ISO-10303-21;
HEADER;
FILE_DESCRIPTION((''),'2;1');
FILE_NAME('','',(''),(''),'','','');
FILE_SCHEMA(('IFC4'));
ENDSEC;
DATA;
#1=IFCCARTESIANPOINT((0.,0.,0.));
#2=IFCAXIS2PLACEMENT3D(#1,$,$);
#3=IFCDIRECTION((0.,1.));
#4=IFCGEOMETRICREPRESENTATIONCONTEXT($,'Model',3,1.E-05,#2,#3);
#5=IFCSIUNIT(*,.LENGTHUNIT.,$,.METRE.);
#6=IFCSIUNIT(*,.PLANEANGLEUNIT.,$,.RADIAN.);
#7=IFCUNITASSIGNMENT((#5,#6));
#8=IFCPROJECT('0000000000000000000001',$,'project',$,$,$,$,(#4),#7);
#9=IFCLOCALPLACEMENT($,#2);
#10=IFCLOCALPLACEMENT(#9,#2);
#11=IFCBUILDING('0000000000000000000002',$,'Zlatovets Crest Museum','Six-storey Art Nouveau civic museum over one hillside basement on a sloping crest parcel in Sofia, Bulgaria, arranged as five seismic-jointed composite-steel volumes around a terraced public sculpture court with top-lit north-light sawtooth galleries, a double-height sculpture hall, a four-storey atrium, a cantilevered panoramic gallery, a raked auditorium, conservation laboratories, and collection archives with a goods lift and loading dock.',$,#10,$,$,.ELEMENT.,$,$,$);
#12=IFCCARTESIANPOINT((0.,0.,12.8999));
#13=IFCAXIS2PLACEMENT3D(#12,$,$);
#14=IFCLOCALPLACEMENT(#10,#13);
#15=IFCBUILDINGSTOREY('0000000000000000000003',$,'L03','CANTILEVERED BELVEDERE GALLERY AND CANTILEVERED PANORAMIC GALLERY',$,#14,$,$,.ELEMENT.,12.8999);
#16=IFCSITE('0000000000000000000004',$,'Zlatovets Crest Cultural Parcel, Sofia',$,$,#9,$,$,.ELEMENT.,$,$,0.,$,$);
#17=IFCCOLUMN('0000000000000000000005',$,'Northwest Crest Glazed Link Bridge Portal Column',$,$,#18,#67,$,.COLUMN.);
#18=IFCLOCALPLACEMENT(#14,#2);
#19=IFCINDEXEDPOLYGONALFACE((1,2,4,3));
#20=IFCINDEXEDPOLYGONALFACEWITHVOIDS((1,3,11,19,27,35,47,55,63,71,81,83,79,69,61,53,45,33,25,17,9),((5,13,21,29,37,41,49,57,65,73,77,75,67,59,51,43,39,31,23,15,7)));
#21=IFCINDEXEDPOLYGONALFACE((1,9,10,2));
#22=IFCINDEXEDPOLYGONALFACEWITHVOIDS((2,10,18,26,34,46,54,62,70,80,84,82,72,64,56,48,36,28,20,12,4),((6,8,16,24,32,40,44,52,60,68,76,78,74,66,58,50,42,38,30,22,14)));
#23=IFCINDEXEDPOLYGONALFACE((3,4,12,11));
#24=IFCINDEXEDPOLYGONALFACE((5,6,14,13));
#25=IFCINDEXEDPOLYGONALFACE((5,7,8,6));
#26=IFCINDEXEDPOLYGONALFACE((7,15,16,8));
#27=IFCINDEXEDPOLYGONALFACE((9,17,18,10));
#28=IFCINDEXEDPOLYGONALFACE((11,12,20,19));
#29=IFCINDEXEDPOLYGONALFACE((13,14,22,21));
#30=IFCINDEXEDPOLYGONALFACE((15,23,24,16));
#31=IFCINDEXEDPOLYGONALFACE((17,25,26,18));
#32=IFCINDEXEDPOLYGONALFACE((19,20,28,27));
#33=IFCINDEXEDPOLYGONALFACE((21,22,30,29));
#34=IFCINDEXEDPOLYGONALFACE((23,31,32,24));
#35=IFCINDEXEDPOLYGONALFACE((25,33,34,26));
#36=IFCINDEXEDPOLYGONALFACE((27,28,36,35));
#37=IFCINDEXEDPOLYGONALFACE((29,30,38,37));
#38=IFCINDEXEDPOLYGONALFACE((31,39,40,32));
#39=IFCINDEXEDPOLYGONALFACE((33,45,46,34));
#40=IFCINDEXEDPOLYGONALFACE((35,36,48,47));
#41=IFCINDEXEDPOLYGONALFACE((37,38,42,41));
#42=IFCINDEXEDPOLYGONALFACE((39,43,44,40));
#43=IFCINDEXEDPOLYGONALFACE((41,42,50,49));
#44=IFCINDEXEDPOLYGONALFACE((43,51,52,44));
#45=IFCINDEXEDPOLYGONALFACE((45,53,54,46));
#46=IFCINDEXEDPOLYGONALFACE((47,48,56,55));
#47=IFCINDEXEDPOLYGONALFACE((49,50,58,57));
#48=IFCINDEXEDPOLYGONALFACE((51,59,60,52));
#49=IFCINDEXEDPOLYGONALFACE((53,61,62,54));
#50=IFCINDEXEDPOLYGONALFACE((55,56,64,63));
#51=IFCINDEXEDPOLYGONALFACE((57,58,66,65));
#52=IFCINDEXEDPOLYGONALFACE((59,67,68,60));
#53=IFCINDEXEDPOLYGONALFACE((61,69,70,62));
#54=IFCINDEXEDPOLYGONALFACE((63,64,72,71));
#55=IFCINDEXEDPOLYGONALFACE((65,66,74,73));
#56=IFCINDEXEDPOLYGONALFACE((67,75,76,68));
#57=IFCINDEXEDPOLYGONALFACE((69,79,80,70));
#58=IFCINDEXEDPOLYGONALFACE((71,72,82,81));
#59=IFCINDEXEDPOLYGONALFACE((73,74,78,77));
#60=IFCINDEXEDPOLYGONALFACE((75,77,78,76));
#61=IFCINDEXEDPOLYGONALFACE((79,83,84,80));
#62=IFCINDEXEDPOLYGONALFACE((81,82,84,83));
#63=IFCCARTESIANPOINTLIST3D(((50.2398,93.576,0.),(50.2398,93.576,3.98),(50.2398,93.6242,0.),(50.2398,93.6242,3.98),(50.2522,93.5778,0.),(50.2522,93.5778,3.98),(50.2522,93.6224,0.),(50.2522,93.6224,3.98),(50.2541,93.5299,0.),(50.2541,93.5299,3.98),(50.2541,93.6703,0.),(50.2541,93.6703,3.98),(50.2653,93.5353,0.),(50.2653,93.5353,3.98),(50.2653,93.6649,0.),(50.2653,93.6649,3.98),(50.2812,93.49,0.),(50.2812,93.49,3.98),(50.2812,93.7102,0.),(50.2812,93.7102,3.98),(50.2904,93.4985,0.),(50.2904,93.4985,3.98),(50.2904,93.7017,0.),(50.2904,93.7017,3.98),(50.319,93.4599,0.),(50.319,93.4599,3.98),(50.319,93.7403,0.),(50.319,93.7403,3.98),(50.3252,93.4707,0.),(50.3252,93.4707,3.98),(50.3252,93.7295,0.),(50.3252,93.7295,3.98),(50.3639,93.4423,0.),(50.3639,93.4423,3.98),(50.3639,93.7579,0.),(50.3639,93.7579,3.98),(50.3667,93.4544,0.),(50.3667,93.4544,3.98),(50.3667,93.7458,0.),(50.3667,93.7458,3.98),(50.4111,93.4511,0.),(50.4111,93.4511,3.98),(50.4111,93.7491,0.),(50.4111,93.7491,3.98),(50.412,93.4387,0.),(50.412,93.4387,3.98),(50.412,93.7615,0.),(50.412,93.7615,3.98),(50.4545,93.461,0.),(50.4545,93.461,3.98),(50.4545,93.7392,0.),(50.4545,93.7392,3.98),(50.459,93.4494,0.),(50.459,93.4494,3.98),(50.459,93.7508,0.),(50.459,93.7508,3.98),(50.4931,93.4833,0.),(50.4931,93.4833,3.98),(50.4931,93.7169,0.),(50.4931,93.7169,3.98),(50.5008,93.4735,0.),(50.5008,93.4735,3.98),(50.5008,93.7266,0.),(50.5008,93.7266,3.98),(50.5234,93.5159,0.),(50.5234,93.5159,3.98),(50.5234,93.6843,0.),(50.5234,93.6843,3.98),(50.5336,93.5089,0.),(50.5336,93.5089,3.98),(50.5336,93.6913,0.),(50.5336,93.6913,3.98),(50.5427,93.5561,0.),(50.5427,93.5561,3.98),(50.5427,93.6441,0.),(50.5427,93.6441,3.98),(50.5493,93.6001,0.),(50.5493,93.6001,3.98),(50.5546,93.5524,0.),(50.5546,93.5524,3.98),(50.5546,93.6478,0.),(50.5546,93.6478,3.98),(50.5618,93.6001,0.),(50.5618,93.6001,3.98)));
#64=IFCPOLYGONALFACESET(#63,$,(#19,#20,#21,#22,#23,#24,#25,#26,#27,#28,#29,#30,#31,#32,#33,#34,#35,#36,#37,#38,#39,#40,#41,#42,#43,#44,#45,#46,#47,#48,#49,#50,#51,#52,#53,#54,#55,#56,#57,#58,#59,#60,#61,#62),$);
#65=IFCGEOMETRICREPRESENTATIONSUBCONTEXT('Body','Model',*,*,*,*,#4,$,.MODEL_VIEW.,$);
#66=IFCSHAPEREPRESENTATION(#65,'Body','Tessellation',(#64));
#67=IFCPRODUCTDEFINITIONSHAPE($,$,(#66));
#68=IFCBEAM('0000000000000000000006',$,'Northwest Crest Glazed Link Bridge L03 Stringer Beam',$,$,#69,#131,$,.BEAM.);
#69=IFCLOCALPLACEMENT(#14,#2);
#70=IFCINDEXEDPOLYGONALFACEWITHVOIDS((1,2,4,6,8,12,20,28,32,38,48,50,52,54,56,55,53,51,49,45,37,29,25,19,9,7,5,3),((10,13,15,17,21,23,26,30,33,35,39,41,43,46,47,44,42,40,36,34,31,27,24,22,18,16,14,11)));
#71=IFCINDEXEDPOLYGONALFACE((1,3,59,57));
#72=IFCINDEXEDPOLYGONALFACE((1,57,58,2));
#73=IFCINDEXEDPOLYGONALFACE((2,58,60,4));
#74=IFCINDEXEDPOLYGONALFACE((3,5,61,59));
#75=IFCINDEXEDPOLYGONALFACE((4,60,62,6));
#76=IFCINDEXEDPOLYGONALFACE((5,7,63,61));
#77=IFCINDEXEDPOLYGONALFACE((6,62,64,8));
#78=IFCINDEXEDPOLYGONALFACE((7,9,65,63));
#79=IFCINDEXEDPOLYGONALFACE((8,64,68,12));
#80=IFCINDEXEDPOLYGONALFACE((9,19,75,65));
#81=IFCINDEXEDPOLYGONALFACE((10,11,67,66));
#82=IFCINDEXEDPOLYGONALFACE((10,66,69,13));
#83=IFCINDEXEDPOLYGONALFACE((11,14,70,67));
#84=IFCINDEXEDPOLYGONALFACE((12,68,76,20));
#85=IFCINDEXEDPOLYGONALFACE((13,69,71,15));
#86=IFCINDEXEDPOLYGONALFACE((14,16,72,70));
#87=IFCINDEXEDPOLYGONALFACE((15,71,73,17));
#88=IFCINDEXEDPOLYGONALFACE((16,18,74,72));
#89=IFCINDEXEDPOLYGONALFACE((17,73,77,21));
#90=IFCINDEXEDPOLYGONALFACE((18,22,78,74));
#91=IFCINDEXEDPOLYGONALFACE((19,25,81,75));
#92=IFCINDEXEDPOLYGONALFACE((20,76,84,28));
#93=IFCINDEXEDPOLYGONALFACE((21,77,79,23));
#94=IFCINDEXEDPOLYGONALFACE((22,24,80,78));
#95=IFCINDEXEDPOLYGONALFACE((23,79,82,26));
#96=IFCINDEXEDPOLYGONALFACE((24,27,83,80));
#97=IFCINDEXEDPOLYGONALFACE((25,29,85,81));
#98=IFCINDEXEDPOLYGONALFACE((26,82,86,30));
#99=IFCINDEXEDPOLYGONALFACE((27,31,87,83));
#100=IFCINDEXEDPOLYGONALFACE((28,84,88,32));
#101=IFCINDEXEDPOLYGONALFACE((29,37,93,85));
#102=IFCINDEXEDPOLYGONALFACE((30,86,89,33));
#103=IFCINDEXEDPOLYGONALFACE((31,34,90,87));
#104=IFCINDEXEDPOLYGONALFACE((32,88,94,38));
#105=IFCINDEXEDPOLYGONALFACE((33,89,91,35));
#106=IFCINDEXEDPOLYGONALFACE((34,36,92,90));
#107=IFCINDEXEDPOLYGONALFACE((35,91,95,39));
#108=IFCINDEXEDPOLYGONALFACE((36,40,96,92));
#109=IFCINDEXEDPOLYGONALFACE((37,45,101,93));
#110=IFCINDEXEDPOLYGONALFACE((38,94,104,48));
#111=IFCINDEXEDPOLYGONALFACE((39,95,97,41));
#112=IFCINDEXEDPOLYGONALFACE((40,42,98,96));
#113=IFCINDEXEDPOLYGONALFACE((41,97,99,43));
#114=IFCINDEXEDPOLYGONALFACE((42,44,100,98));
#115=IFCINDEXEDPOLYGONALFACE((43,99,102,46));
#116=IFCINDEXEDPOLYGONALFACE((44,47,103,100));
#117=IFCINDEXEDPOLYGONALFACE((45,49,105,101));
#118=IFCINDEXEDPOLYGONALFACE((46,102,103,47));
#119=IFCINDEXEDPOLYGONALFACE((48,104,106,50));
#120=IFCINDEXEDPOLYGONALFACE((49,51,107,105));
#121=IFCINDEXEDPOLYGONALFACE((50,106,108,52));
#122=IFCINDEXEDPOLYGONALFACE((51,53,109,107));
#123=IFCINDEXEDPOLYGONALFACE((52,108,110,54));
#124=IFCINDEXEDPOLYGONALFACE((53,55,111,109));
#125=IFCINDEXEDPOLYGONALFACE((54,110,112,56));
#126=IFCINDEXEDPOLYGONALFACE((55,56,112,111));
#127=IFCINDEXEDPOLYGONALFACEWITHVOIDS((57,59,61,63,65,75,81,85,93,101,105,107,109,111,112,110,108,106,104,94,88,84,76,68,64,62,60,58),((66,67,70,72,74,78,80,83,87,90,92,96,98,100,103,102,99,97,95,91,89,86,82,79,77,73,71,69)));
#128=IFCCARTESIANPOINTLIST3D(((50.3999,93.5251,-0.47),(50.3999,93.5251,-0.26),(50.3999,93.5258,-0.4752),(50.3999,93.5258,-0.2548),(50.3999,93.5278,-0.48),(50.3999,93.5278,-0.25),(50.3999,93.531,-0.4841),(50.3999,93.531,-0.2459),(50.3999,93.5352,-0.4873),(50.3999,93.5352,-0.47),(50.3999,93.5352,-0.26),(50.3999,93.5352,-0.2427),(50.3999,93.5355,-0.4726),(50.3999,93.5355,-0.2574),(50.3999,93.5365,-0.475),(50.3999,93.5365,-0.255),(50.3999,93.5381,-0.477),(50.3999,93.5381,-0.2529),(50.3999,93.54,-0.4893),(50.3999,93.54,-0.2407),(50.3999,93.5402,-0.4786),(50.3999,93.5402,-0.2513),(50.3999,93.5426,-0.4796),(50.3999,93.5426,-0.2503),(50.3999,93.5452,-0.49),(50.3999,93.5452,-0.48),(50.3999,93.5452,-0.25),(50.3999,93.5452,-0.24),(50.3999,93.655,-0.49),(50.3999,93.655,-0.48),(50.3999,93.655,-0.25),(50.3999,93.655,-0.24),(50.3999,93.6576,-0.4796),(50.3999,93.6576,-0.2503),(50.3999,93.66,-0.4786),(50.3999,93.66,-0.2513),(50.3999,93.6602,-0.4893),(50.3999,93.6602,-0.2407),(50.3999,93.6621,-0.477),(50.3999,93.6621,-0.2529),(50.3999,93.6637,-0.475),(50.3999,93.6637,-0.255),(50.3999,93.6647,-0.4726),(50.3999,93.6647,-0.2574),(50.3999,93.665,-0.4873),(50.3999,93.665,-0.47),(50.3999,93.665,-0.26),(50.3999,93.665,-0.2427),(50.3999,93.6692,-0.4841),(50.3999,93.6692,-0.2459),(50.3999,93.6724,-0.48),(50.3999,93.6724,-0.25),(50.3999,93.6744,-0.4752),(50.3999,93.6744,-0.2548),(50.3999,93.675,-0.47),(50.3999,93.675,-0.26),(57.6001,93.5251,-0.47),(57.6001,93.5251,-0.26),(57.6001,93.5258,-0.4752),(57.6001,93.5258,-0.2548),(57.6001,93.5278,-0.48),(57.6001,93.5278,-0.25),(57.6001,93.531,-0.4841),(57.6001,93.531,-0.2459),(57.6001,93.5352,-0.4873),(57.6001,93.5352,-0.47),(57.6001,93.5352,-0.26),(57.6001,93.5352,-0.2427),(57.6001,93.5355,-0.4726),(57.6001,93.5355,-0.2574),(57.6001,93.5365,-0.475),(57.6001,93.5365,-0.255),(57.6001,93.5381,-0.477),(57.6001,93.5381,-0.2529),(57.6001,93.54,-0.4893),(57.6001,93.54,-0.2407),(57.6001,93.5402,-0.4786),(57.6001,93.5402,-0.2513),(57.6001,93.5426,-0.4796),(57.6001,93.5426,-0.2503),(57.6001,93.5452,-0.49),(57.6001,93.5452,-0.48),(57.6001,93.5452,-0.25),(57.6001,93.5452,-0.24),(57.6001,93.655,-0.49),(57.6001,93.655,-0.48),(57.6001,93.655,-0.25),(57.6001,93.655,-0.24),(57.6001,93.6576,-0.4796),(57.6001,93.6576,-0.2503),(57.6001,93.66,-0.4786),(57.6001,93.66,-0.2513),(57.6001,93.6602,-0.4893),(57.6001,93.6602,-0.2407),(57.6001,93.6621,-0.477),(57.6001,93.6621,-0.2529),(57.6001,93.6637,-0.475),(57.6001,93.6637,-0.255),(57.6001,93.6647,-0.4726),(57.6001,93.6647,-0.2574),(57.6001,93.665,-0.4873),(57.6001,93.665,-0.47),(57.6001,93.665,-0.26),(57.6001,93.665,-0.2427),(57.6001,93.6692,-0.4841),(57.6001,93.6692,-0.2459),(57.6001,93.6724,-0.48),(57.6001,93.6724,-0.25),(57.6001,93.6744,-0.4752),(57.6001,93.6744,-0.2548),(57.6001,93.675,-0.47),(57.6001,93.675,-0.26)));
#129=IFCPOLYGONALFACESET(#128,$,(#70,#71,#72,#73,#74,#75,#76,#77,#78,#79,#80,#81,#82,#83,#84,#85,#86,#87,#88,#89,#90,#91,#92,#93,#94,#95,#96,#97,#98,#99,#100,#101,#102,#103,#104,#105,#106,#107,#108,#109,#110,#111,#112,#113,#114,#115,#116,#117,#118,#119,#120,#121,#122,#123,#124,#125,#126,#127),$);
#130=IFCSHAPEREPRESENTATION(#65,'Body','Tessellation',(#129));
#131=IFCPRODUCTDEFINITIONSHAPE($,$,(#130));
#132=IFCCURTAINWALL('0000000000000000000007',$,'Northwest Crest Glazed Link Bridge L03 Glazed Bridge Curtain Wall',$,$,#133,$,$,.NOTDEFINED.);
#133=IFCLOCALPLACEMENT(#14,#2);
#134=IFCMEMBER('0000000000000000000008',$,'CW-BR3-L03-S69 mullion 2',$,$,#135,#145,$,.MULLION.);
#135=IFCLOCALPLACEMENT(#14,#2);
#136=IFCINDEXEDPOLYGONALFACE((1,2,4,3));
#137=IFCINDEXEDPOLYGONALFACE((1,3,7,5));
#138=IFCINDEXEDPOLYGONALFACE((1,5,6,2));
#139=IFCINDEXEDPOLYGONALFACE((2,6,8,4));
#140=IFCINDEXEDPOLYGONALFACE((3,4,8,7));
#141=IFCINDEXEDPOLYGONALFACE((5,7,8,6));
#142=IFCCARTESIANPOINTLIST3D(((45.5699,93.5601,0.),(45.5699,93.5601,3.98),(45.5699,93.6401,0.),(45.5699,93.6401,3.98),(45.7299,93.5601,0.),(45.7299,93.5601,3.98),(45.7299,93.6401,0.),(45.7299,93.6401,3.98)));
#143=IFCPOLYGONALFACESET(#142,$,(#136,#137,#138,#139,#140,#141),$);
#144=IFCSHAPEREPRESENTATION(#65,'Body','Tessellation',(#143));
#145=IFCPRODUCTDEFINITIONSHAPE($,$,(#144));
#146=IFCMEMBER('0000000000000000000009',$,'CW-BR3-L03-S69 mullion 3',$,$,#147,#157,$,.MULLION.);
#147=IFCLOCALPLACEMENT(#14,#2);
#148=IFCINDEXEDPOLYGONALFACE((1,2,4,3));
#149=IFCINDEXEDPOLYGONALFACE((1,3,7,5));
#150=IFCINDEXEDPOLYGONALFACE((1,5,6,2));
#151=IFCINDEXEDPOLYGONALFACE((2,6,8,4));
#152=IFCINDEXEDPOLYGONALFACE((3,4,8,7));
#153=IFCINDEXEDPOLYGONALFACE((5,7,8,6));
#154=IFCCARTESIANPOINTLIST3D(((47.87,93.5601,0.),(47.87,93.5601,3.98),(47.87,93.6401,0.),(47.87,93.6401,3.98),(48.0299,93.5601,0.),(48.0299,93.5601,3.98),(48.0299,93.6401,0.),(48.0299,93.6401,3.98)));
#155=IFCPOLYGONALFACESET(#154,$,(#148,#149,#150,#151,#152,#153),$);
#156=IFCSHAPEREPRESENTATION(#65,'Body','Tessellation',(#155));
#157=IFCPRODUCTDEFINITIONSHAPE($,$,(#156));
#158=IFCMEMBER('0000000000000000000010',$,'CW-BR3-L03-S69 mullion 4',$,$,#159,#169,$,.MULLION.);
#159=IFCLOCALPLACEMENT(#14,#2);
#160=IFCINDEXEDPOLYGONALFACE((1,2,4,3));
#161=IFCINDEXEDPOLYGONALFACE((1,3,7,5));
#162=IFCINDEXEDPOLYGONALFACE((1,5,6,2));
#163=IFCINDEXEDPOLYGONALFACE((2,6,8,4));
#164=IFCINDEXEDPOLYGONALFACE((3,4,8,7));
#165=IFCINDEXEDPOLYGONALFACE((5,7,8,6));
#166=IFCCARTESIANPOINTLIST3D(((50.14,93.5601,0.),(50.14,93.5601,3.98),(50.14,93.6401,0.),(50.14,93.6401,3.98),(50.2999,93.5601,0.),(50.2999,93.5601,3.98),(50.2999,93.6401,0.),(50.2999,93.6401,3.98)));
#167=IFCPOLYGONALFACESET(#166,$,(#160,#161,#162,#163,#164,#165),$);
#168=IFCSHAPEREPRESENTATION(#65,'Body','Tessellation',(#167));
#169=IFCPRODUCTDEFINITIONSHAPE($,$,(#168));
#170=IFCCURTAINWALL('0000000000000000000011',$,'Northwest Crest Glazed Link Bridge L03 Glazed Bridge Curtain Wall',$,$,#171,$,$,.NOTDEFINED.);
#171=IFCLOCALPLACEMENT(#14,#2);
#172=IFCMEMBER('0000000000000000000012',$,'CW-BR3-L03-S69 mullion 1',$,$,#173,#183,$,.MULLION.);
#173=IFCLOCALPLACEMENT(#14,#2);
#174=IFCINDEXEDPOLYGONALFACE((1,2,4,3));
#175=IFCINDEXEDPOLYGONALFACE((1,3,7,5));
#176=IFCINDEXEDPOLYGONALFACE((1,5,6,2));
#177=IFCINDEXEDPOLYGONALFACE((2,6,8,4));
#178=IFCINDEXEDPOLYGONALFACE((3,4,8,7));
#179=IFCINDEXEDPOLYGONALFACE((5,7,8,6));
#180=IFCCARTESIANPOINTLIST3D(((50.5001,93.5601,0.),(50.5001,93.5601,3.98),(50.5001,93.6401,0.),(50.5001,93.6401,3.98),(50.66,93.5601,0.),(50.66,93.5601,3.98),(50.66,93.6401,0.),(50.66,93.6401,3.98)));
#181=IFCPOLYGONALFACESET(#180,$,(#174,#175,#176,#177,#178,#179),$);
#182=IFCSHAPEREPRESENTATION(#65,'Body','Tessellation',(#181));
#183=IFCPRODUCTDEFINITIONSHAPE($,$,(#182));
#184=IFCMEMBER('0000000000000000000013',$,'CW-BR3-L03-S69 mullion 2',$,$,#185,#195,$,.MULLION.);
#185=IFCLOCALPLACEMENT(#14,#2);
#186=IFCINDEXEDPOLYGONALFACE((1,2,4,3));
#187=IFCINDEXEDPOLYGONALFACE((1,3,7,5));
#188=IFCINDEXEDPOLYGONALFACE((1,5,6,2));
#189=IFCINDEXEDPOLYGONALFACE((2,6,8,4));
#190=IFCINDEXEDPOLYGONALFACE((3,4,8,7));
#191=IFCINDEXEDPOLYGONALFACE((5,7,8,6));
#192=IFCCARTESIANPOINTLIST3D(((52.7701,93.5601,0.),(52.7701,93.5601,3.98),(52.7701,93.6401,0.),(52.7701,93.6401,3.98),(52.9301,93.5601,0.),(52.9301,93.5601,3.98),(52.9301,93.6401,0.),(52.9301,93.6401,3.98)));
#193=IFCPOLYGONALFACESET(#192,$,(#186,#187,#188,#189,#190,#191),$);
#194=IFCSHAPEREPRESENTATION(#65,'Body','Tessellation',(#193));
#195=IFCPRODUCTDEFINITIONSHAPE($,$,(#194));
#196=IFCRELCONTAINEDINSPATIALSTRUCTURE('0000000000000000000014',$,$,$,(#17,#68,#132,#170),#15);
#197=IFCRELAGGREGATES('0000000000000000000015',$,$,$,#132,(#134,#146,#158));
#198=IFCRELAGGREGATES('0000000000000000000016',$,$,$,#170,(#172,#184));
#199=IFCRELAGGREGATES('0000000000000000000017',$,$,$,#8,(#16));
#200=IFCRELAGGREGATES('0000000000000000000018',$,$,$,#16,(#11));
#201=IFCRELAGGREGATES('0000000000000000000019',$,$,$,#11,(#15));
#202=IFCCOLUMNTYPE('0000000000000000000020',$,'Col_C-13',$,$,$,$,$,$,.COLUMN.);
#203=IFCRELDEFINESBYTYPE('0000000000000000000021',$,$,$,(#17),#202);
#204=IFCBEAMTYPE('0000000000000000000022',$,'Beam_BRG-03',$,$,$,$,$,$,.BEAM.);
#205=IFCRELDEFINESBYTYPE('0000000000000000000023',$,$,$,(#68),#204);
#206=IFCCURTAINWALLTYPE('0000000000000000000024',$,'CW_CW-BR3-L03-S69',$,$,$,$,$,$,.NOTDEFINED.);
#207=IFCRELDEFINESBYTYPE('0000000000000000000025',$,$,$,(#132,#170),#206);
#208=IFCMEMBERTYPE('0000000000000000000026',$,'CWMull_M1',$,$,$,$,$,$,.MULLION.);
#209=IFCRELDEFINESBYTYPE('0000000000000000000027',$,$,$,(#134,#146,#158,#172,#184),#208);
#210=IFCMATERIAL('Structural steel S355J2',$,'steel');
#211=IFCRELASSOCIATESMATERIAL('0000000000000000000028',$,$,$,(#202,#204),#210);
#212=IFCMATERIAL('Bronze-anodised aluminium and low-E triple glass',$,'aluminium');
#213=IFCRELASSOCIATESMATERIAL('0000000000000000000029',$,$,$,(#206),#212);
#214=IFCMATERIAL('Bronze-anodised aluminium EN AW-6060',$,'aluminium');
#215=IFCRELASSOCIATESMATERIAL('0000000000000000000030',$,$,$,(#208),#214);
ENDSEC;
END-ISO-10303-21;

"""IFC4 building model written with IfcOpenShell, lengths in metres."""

from ifc_helpers import new_model, si_unit, direction, frame, origin, origin_2d, place, context, subcontext, project, spatial, rectangle, hollow_rectangle, hollow_circle, extrude, material, material_profile, profile_set, type_object, element, aggregate, save


model = new_model("IFC4")

# Units and contexts
model_context = context("Model", 3, precision=1e-05, world=origin(), true_north=direction((0.0, 1.0)))
body_context = subcontext(model_context, "Body", "Model", "MODEL_VIEW")
ifc_project = project(units=[si_unit("LENGTHUNIT", "METRE"), si_unit("PLANEANGLEUNIT", "RADIAN")], contexts=[model_context])

# Site, building, storey
site_placement = place(None, origin())
site = spatial("IfcSite", under=ifc_project, at=site_placement, Name="Zlatovets Crest Cultural Parcel, Sofia", CompositionType="ELEMENT", RefElevation=0.0)
building_placement = place(site_placement, origin())
building = spatial("IfcBuilding", under=site, at=building_placement, Name="Zlatovets Crest Museum", Description="Six-storey Art Nouveau civic museum over one hillside basement on a sloping crest parcel in Sofia, Bulgaria, arranged as five seismic-jointed composite-steel volumes around a terraced public sculpture court with top-lit north-light sawtooth galleries, a double-height sculpture hall, a four-storey atrium, a cantilevered panoramic gallery, a raked auditorium, conservation laboratories, and collection archives with a goods lift and loading dock.", CompositionType="ELEMENT")
storey_placement = place(building_placement, frame((0.0, 0.0, 12.8999)))
storey = spatial("IfcBuildingStorey", under=building, at=storey_placement, Name="L03", Description="CANTILEVERED BELVEDERE GALLERY AND CANTILEVERED PANORAMIC GALLERY", CompositionType="ELEMENT", Elevation=12.8999)

# Column
ifc_material_1 = material(Name="Structural steel S355J2", Category="steel")
ifc_material_profile_1 = material_profile(ifc_material_1, hollow_circle(Radius=0.1619, WallThickness=0.0125, at=origin_2d()), Name="CHS 323.9x12.5")
ifc_profile_set_1 = profile_set([ifc_material_profile_1], Name="Structural steel S355J2")
column_type = type_object("IfcColumnType", Name="Col_C-13", PredefinedType="COLUMN", material=ifc_profile_set_1)
column_placement = place(storey_placement, frame((50.3999, 93.6001, 0.0), z_axis=(0.0, 0.0, 1.0), x_axis=(1.0, 0.0, 0.0)))
element("IfcColumn", 1, at=column_placement, inside=storey, type_object=column_type, Name="Northwest Crest Glazed Link Bridge Portal Column", PredefinedType="COLUMN", context=body_context, shape_type="SweptSolid", body=[
    extrude(hollow_circle(Radius=0.1619, WallThickness=0.0125, at=origin_2d()), origin(), (0.0, 0.0, 1.0), 3.98),
])

# Beam
ifc_material_profile_2 = material_profile(ifc_material_1, hollow_rectangle(XDim=0.1499, YDim=0.25, WallThickness=0.01, InnerFilletRadius=0.01, OuterFilletRadius=0.02, at=origin_2d()), Name="RHS 150x250x10.0")
ifc_profile_set_2 = profile_set([ifc_material_profile_2], Name="Structural steel S355J2")
beam_type = type_object("IfcBeamType", Name="Beam_BRG-03", PredefinedType="BEAM", material=ifc_profile_set_2)
beam_placement = place(storey_placement, frame((50.3999, 93.6001, -0.365), z_axis=(1.0, 0.0, 0.0), x_axis=(0.0, 1.0, 0.0)))
element("IfcBeam", 2, at=beam_placement, inside=storey, type_object=beam_type, Name="Northwest Crest Glazed Link Bridge L03 Stringer Beam", PredefinedType="BEAM", context=body_context, shape_type="SweptSolid", body=[
    extrude(hollow_rectangle(XDim=0.1499, YDim=0.25, WallThickness=0.01, InnerFilletRadius=0.01, OuterFilletRadius=0.02, at=origin_2d()), origin(), (0.0, 0.0, 1.0), 7.2002),
])

# Curtain walls, members
ifc_material_2 = material(Name="Bronze-anodised aluminium and low-E triple glass", Category="aluminium")
curtain_wall_type = type_object("IfcCurtainWallType", Name="CW_CW-BR3-L03-S69", PredefinedType="NOTDEFINED", material=ifc_material_2)
curtain_wall_1_placement = place(storey_placement, origin())
curtain_wall_1 = element("IfcCurtainWall", 3, at=curtain_wall_1_placement, inside=storey, type_object=curtain_wall_type, Name="Northwest Crest Glazed Link Bridge L03 Glazed Bridge Curtain Wall", PredefinedType="NOTDEFINED")
ifc_material_3 = material(Name="Bronze-anodised aluminium EN AW-6060", Category="aluminium")
ifc_material_profile_3 = material_profile(ifc_material_3, rectangle(XDim=0.0801, YDim=0.1599, at=origin_2d()), Name="ALU 80x160")
ifc_profile_set_3 = profile_set([ifc_material_profile_3], Name="Bronze-anodised aluminium EN AW-6060")
member_type_1 = type_object("IfcMemberType", Name="CWMull_M1", PredefinedType="MULLION", material=ifc_profile_set_3)
member_1_placement = place(storey_placement, frame((45.6499, 93.6001, 0.0), z_axis=(0.0, 0.0, 1.0), x_axis=(0.0, 1.0, 0.0)))
member_1 = element("IfcMember", 4, at=member_1_placement, type_object=member_type_1, Name="CW-BR3-L03-S69 mullion 2", PredefinedType="MULLION", context=body_context, shape_type="SweptSolid", body=[
    extrude(rectangle(XDim=0.0801, YDim=0.1599, at=origin_2d()), origin(), (0.0, 0.0, 1.0), 3.98),
])
member_2_placement = place(storey_placement, frame((47.95, 93.6001, 0.0), z_axis=(0.0, 0.0, 1.0), x_axis=(0.0, 1.0, 0.0)))
member_2 = element("IfcMember", 5, at=member_2_placement, type_object=member_type_1, Name="CW-BR3-L03-S69 mullion 3", PredefinedType="MULLION", context=body_context, shape_type="SweptSolid", body=[
    extrude(rectangle(XDim=0.0801, YDim=0.1599, at=origin_2d()), origin(), (0.0, 0.0, 1.0), 3.98),
])
member_3_placement = place(storey_placement, frame((50.22, 93.6001, 0.0), z_axis=(0.0, 0.0, 1.0), x_axis=(0.0, 1.0, 0.0)))
member_3 = element("IfcMember", 6, at=member_3_placement, type_object=member_type_1, Name="CW-BR3-L03-S69 mullion 4", PredefinedType="MULLION", context=body_context, shape_type="SweptSolid", body=[
    extrude(rectangle(XDim=0.0801, YDim=0.1599, at=origin_2d()), origin(), (0.0, 0.0, 1.0), 3.98),
])
curtain_wall_2_placement = place(storey_placement, origin())
curtain_wall_2 = element("IfcCurtainWall", 7, at=curtain_wall_2_placement, inside=storey, type_object=curtain_wall_type, Name="Northwest Crest Glazed Link Bridge L03 Glazed Bridge Curtain Wall", PredefinedType="NOTDEFINED")
member_4_placement = place(storey_placement, frame((50.5801, 93.6001, 0.0), z_axis=(0.0, 0.0, 1.0), x_axis=(0.0, 1.0, 0.0)))
member_4 = element("IfcMember", 8, at=member_4_placement, type_object=member_type_1, Name="CW-BR3-L03-S69 mullion 1", PredefinedType="MULLION", context=body_context, shape_type="SweptSolid", body=[
    extrude(rectangle(XDim=0.0801, YDim=0.1599, at=origin_2d()), origin(), (0.0, 0.0, 1.0), 3.98),
])
member_5_placement = place(storey_placement, frame((52.8501, 93.6001, 0.0), z_axis=(0.0, 0.0, 1.0), x_axis=(0.0, 1.0, 0.0)))
member_5 = element("IfcMember", 9, at=member_5_placement, type_object=member_type_1, Name="CW-BR3-L03-S69 mullion 2", PredefinedType="MULLION", context=body_context, shape_type="SweptSolid", body=[
    extrude(rectangle(XDim=0.0801, YDim=0.1599, at=origin_2d()), origin(), (0.0, 0.0, 1.0), 3.98),
])

aggregate(curtain_wall_1, [member_1, member_2, member_3])
aggregate(curtain_wall_2, [member_4, member_5])

save(model, "model.ifc")
